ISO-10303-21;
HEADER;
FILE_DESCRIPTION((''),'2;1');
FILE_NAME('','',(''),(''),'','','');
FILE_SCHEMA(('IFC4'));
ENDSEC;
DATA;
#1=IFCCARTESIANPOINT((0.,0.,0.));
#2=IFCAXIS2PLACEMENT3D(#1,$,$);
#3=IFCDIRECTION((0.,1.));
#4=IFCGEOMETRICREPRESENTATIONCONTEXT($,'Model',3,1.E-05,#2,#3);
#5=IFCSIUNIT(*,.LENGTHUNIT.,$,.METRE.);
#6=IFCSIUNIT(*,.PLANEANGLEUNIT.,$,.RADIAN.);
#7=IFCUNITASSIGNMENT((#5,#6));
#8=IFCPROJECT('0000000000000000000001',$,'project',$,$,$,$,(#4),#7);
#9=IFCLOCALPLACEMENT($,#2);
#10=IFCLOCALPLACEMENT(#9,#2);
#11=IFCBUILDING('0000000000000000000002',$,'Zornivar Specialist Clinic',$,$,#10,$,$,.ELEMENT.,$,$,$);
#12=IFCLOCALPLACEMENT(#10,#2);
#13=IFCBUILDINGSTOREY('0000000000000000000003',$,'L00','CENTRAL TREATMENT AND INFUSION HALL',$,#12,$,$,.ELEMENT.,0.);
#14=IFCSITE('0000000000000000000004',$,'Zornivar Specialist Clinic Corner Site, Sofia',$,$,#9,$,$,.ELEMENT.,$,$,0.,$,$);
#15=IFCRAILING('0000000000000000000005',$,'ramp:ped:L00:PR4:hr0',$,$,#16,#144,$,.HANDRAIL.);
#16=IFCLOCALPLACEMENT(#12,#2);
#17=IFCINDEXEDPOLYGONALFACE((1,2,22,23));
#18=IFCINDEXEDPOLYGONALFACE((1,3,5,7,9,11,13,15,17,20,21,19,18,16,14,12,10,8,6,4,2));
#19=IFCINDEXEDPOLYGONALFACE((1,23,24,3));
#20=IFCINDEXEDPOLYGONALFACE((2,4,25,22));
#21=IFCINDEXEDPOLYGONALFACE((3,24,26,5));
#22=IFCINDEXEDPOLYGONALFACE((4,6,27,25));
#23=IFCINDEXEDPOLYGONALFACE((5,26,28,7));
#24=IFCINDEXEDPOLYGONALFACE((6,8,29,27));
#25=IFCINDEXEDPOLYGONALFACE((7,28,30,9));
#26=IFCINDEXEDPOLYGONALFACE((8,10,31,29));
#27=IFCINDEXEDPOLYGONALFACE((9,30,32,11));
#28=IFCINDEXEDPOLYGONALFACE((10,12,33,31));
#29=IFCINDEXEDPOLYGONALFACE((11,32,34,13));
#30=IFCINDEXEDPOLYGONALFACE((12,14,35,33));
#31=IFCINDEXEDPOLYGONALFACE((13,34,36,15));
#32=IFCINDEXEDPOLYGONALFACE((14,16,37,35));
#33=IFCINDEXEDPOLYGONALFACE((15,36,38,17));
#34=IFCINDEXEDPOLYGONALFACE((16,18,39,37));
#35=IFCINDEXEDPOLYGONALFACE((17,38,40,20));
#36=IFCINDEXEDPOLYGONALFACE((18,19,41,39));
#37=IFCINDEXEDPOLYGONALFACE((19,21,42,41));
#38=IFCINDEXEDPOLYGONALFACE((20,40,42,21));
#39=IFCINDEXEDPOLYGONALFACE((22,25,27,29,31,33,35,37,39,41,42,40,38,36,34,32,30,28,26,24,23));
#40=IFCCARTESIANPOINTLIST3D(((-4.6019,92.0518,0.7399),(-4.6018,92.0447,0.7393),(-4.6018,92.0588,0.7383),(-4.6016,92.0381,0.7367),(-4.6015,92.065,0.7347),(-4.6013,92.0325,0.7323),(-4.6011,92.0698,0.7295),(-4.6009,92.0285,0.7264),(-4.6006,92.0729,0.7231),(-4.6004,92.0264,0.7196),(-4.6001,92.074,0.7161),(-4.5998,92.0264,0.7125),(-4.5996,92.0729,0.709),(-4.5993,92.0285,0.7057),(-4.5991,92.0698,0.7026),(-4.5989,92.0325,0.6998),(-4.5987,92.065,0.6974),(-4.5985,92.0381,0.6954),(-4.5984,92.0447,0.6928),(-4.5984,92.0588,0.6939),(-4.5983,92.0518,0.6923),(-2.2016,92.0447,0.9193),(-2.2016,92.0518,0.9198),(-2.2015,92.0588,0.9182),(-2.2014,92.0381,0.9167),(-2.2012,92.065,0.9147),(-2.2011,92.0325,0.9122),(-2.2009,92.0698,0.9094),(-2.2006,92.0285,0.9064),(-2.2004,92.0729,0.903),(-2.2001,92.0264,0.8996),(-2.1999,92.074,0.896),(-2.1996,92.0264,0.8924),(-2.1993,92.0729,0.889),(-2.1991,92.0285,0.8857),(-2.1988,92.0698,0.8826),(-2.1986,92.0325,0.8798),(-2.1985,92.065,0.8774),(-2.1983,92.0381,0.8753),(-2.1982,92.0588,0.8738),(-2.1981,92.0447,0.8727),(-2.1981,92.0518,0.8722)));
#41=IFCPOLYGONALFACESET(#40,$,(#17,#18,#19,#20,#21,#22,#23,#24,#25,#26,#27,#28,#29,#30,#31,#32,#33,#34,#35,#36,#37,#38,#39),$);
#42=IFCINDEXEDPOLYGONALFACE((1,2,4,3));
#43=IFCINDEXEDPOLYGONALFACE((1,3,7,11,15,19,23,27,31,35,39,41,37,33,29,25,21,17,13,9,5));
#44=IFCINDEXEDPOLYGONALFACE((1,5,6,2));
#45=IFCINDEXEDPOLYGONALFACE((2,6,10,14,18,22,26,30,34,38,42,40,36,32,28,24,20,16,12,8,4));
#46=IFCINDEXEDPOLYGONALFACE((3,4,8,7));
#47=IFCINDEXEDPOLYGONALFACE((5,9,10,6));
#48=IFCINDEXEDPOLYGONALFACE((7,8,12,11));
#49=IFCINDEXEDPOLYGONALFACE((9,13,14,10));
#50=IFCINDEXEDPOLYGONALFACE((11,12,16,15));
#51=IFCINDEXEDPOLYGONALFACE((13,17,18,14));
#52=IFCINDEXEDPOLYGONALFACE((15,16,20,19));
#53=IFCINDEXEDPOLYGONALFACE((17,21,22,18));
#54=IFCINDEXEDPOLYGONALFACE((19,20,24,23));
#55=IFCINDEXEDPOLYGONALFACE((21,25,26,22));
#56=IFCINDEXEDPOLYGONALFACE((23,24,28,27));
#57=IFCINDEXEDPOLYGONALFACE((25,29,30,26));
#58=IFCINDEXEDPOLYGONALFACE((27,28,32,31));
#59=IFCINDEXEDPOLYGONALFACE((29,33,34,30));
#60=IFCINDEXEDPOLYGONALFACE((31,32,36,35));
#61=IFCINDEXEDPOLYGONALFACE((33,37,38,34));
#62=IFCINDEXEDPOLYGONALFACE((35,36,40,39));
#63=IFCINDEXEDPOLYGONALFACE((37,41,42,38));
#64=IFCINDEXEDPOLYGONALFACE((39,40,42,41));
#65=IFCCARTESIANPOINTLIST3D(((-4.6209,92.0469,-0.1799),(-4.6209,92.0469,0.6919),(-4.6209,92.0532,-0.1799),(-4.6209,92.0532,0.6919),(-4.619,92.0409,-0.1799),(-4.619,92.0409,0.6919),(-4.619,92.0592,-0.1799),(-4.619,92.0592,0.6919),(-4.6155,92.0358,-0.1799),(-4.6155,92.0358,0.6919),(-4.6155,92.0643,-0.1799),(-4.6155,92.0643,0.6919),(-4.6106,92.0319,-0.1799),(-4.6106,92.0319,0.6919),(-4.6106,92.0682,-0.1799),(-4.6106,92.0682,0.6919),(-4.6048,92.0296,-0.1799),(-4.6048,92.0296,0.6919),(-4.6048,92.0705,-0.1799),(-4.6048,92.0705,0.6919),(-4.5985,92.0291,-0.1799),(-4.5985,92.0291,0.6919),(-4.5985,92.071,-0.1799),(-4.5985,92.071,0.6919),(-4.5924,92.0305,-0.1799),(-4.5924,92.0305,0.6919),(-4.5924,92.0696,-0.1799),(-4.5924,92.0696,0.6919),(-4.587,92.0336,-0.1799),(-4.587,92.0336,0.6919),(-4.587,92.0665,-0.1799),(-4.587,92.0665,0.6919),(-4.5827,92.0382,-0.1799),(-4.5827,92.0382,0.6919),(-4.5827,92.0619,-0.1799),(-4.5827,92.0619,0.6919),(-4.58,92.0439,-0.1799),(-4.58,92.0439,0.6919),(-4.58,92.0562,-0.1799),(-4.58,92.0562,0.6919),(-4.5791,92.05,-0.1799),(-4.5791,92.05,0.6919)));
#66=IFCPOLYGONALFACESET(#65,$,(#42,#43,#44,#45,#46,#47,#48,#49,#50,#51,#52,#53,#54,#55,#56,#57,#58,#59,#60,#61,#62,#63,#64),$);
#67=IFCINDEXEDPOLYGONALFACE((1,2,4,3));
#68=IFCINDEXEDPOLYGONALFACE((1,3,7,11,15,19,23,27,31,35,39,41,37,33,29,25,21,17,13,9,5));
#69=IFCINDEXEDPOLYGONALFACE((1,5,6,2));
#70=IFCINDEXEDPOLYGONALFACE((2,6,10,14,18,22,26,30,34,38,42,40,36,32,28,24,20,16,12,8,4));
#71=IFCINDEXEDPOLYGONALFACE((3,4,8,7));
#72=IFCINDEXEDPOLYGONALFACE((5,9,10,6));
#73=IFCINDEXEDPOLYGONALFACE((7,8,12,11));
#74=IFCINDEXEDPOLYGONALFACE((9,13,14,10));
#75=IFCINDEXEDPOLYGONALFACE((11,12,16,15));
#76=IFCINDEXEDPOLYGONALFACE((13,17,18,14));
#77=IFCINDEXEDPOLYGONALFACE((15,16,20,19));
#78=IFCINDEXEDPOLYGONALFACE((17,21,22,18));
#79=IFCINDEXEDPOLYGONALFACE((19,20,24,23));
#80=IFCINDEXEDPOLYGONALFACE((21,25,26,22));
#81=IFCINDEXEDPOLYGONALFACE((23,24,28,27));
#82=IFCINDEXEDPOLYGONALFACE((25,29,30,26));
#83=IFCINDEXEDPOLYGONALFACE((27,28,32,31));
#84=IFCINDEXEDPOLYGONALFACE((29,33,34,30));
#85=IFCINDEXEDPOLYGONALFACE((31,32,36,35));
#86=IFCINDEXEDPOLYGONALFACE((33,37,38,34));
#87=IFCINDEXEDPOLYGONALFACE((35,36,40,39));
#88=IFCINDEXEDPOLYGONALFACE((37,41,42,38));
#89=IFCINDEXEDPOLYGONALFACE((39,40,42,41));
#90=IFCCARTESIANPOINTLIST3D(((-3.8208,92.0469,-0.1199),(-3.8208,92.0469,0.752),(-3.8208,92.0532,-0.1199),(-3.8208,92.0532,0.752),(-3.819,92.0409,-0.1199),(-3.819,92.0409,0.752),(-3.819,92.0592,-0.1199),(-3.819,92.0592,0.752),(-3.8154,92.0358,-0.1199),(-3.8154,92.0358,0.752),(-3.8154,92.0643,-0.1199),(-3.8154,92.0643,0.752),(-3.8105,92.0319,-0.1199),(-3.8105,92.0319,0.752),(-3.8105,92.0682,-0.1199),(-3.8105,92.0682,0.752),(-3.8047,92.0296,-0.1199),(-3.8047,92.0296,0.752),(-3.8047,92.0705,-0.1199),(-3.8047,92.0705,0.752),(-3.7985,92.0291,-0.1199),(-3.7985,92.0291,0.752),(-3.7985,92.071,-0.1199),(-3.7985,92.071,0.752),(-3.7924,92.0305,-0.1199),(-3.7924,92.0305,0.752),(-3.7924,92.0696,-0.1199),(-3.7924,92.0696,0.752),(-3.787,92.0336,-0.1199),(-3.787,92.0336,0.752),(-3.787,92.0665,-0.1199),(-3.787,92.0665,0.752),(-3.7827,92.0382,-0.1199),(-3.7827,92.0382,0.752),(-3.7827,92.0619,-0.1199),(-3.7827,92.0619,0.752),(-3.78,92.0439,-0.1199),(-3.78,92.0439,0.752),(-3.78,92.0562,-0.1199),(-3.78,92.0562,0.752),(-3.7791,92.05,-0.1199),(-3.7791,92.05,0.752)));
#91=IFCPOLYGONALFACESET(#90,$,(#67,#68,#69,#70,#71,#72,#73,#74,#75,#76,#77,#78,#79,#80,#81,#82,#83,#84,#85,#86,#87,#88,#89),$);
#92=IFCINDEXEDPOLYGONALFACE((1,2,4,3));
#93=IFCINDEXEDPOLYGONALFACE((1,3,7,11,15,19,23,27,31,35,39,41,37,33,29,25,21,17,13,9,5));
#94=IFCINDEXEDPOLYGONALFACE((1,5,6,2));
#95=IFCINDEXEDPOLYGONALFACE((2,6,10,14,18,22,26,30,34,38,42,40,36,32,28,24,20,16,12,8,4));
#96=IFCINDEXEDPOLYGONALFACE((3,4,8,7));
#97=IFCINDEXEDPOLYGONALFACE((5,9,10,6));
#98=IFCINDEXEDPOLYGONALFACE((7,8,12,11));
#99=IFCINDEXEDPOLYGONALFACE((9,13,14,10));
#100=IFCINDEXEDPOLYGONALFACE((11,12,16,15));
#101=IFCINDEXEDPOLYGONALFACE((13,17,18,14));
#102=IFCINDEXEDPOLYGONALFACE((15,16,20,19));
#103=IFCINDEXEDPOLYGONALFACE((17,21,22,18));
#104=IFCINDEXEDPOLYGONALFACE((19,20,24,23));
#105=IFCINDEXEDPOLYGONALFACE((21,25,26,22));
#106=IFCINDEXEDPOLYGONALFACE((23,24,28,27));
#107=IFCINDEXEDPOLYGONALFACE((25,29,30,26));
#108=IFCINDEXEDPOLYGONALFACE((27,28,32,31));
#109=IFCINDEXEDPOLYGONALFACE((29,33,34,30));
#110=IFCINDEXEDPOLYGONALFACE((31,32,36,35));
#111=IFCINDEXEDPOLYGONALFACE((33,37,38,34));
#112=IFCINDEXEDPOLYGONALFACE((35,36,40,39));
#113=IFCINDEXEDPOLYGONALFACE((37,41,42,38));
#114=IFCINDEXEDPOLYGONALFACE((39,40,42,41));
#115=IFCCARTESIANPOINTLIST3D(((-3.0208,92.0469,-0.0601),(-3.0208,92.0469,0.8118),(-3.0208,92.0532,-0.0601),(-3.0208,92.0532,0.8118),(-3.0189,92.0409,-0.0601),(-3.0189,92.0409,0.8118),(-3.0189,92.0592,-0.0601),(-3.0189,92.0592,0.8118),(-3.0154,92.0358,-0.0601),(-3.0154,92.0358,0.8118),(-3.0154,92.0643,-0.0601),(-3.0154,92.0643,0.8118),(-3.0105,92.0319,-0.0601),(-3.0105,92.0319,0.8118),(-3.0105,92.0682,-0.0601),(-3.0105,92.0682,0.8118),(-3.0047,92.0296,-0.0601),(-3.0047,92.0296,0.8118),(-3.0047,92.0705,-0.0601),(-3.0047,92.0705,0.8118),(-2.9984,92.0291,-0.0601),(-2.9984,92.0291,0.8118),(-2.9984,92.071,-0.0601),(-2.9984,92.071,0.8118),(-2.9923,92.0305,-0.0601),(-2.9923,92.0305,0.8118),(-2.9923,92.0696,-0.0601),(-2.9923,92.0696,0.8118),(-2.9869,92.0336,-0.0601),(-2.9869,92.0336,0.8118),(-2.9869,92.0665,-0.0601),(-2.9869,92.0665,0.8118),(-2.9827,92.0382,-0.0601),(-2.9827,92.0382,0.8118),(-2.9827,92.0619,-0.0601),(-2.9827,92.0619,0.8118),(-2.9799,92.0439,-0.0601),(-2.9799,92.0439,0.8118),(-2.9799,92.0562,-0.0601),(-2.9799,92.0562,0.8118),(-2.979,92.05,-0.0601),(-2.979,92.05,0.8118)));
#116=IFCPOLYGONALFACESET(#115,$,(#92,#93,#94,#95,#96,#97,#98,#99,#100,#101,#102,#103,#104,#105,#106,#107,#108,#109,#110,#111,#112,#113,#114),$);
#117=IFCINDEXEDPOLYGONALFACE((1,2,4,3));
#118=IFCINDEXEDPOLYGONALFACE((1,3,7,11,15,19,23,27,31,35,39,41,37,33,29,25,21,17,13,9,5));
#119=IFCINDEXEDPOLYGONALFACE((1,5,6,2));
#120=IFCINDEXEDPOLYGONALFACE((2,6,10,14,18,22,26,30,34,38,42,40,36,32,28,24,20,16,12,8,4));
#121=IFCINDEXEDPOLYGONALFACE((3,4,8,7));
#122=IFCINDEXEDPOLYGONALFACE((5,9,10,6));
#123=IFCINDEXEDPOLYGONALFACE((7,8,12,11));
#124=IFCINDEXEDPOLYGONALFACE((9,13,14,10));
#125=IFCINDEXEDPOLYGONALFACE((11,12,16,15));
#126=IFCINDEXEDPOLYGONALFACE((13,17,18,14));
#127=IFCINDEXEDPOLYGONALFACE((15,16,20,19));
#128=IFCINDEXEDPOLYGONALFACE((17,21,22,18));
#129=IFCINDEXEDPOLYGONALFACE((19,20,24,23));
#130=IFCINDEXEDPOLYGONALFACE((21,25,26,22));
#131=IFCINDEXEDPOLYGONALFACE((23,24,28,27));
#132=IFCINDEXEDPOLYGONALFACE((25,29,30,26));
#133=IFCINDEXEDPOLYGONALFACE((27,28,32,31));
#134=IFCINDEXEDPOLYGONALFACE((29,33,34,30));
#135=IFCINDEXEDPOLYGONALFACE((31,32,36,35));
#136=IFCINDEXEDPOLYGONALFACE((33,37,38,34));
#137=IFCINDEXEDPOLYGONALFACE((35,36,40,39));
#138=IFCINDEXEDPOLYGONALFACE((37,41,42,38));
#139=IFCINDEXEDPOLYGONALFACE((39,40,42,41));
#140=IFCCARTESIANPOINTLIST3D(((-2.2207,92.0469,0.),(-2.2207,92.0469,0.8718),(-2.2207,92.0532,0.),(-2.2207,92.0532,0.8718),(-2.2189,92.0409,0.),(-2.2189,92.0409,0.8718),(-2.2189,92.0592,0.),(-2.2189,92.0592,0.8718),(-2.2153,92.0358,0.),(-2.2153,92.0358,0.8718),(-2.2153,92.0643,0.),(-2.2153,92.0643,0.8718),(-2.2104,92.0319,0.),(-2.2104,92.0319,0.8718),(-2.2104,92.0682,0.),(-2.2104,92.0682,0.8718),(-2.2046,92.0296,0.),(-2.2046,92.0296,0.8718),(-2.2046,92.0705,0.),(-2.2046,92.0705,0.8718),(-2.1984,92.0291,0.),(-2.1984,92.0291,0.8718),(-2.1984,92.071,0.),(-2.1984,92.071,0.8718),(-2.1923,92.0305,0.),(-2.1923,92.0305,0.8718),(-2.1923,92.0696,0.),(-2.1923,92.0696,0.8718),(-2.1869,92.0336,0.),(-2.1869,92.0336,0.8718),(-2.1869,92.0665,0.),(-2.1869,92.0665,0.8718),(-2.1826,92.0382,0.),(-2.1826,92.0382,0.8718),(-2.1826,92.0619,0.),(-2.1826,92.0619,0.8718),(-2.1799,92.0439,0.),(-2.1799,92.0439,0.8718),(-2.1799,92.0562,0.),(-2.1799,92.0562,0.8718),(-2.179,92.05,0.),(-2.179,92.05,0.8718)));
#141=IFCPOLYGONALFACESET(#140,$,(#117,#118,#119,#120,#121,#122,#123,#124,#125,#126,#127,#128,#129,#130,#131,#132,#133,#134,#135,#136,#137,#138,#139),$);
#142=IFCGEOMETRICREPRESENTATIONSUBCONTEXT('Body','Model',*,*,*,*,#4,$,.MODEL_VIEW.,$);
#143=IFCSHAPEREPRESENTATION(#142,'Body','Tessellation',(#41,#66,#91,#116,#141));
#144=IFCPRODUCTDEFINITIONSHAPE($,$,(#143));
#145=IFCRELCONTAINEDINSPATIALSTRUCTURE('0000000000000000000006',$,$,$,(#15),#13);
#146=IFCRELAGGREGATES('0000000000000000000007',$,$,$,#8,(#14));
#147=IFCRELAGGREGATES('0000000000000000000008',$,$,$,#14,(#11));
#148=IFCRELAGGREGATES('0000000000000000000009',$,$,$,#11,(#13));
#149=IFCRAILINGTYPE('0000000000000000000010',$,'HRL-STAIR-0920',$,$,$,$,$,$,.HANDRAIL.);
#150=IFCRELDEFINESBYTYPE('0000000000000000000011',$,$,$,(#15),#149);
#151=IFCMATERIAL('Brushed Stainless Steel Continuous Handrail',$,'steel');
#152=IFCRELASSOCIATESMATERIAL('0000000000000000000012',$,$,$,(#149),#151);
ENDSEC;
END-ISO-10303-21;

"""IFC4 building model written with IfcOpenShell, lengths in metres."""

from ifc_helpers import new_model, si_unit, direction, frame, origin, origin_2d, place, context, subcontext, project, spatial, circle, extrude, material, type_object, element, save


model = new_model("IFC4")

# Units and contexts
model_context = context("Model", 3, precision=1e-05, world=origin(), true_north=direction((0.0, 1.0)))
body_context = subcontext(model_context, "Body", "Model", "MODEL_VIEW")
ifc_project = project(units=[si_unit("LENGTHUNIT", "METRE"), si_unit("PLANEANGLEUNIT", "RADIAN")], contexts=[model_context])

# Site, building, storey
site_placement = place(None, origin())
site = spatial("IfcSite", under=ifc_project, at=site_placement, Name="Zornivar Specialist Clinic Corner Site, Sofia", CompositionType="ELEMENT", RefElevation=0.0)
building_placement = place(site_placement, origin())
building = spatial("IfcBuilding", under=site, at=building_placement, Name="Zornivar Specialist Clinic", CompositionType="ELEMENT")
storey_placement = place(building_placement, origin())
storey = spatial("IfcBuildingStorey", under=building, at=storey_placement, Name="L00", Description="CENTRAL TREATMENT AND INFUSION HALL", CompositionType="ELEMENT", Elevation=0.0)

# Railing
ifc_material_1 = material(Name="Brushed Stainless Steel Continuous Handrail", Category="steel")
railing_type = type_object("IfcRailingType", Name="HRL-STAIR-0920", PredefinedType="HANDRAIL", material=ifc_material_1)
for number, where, name in (
    (1, (-4.6001, 92.05, -0.1799), "ramp:ped:L00:PR4:hr0"),
):
    element("IfcRailing", number, at=place(storey_placement, frame(where)), inside=storey, type_object=railing_type, Name=name, PredefinedType="HANDRAIL", context=body_context, shape_type="SweptSolid", body=[
        extrude(circle(Radius=0.0239, at=origin_2d()), frame((0.0, 0.0, 0.896), z_axis=(0.997202, 0.0, 0.074757), x_axis=(0.0, 1.0, 0.0)), (0.0, 0.0, 1.0), 2.407),
        extrude(circle(Radius=0.021, at=origin_2d()), origin(), (0.0, 0.0, 1.0), 0.8718),
        extrude(circle(Radius=0.021, at=origin_2d()), frame((0.8, 0.0, 0.0601)), (0.0, 0.0, 1.0), 0.8718),
        extrude(circle(Radius=0.021, at=origin_2d()), frame((1.6001, 0.0, 0.1199)), (0.0, 0.0, 1.0), 0.8718),
        extrude(circle(Radius=0.021, at=origin_2d()), frame((2.4001, 0.0, 0.1799)), (0.0, 0.0, 1.0), 0.8718),
    ])

save(model, "model.ifc")
